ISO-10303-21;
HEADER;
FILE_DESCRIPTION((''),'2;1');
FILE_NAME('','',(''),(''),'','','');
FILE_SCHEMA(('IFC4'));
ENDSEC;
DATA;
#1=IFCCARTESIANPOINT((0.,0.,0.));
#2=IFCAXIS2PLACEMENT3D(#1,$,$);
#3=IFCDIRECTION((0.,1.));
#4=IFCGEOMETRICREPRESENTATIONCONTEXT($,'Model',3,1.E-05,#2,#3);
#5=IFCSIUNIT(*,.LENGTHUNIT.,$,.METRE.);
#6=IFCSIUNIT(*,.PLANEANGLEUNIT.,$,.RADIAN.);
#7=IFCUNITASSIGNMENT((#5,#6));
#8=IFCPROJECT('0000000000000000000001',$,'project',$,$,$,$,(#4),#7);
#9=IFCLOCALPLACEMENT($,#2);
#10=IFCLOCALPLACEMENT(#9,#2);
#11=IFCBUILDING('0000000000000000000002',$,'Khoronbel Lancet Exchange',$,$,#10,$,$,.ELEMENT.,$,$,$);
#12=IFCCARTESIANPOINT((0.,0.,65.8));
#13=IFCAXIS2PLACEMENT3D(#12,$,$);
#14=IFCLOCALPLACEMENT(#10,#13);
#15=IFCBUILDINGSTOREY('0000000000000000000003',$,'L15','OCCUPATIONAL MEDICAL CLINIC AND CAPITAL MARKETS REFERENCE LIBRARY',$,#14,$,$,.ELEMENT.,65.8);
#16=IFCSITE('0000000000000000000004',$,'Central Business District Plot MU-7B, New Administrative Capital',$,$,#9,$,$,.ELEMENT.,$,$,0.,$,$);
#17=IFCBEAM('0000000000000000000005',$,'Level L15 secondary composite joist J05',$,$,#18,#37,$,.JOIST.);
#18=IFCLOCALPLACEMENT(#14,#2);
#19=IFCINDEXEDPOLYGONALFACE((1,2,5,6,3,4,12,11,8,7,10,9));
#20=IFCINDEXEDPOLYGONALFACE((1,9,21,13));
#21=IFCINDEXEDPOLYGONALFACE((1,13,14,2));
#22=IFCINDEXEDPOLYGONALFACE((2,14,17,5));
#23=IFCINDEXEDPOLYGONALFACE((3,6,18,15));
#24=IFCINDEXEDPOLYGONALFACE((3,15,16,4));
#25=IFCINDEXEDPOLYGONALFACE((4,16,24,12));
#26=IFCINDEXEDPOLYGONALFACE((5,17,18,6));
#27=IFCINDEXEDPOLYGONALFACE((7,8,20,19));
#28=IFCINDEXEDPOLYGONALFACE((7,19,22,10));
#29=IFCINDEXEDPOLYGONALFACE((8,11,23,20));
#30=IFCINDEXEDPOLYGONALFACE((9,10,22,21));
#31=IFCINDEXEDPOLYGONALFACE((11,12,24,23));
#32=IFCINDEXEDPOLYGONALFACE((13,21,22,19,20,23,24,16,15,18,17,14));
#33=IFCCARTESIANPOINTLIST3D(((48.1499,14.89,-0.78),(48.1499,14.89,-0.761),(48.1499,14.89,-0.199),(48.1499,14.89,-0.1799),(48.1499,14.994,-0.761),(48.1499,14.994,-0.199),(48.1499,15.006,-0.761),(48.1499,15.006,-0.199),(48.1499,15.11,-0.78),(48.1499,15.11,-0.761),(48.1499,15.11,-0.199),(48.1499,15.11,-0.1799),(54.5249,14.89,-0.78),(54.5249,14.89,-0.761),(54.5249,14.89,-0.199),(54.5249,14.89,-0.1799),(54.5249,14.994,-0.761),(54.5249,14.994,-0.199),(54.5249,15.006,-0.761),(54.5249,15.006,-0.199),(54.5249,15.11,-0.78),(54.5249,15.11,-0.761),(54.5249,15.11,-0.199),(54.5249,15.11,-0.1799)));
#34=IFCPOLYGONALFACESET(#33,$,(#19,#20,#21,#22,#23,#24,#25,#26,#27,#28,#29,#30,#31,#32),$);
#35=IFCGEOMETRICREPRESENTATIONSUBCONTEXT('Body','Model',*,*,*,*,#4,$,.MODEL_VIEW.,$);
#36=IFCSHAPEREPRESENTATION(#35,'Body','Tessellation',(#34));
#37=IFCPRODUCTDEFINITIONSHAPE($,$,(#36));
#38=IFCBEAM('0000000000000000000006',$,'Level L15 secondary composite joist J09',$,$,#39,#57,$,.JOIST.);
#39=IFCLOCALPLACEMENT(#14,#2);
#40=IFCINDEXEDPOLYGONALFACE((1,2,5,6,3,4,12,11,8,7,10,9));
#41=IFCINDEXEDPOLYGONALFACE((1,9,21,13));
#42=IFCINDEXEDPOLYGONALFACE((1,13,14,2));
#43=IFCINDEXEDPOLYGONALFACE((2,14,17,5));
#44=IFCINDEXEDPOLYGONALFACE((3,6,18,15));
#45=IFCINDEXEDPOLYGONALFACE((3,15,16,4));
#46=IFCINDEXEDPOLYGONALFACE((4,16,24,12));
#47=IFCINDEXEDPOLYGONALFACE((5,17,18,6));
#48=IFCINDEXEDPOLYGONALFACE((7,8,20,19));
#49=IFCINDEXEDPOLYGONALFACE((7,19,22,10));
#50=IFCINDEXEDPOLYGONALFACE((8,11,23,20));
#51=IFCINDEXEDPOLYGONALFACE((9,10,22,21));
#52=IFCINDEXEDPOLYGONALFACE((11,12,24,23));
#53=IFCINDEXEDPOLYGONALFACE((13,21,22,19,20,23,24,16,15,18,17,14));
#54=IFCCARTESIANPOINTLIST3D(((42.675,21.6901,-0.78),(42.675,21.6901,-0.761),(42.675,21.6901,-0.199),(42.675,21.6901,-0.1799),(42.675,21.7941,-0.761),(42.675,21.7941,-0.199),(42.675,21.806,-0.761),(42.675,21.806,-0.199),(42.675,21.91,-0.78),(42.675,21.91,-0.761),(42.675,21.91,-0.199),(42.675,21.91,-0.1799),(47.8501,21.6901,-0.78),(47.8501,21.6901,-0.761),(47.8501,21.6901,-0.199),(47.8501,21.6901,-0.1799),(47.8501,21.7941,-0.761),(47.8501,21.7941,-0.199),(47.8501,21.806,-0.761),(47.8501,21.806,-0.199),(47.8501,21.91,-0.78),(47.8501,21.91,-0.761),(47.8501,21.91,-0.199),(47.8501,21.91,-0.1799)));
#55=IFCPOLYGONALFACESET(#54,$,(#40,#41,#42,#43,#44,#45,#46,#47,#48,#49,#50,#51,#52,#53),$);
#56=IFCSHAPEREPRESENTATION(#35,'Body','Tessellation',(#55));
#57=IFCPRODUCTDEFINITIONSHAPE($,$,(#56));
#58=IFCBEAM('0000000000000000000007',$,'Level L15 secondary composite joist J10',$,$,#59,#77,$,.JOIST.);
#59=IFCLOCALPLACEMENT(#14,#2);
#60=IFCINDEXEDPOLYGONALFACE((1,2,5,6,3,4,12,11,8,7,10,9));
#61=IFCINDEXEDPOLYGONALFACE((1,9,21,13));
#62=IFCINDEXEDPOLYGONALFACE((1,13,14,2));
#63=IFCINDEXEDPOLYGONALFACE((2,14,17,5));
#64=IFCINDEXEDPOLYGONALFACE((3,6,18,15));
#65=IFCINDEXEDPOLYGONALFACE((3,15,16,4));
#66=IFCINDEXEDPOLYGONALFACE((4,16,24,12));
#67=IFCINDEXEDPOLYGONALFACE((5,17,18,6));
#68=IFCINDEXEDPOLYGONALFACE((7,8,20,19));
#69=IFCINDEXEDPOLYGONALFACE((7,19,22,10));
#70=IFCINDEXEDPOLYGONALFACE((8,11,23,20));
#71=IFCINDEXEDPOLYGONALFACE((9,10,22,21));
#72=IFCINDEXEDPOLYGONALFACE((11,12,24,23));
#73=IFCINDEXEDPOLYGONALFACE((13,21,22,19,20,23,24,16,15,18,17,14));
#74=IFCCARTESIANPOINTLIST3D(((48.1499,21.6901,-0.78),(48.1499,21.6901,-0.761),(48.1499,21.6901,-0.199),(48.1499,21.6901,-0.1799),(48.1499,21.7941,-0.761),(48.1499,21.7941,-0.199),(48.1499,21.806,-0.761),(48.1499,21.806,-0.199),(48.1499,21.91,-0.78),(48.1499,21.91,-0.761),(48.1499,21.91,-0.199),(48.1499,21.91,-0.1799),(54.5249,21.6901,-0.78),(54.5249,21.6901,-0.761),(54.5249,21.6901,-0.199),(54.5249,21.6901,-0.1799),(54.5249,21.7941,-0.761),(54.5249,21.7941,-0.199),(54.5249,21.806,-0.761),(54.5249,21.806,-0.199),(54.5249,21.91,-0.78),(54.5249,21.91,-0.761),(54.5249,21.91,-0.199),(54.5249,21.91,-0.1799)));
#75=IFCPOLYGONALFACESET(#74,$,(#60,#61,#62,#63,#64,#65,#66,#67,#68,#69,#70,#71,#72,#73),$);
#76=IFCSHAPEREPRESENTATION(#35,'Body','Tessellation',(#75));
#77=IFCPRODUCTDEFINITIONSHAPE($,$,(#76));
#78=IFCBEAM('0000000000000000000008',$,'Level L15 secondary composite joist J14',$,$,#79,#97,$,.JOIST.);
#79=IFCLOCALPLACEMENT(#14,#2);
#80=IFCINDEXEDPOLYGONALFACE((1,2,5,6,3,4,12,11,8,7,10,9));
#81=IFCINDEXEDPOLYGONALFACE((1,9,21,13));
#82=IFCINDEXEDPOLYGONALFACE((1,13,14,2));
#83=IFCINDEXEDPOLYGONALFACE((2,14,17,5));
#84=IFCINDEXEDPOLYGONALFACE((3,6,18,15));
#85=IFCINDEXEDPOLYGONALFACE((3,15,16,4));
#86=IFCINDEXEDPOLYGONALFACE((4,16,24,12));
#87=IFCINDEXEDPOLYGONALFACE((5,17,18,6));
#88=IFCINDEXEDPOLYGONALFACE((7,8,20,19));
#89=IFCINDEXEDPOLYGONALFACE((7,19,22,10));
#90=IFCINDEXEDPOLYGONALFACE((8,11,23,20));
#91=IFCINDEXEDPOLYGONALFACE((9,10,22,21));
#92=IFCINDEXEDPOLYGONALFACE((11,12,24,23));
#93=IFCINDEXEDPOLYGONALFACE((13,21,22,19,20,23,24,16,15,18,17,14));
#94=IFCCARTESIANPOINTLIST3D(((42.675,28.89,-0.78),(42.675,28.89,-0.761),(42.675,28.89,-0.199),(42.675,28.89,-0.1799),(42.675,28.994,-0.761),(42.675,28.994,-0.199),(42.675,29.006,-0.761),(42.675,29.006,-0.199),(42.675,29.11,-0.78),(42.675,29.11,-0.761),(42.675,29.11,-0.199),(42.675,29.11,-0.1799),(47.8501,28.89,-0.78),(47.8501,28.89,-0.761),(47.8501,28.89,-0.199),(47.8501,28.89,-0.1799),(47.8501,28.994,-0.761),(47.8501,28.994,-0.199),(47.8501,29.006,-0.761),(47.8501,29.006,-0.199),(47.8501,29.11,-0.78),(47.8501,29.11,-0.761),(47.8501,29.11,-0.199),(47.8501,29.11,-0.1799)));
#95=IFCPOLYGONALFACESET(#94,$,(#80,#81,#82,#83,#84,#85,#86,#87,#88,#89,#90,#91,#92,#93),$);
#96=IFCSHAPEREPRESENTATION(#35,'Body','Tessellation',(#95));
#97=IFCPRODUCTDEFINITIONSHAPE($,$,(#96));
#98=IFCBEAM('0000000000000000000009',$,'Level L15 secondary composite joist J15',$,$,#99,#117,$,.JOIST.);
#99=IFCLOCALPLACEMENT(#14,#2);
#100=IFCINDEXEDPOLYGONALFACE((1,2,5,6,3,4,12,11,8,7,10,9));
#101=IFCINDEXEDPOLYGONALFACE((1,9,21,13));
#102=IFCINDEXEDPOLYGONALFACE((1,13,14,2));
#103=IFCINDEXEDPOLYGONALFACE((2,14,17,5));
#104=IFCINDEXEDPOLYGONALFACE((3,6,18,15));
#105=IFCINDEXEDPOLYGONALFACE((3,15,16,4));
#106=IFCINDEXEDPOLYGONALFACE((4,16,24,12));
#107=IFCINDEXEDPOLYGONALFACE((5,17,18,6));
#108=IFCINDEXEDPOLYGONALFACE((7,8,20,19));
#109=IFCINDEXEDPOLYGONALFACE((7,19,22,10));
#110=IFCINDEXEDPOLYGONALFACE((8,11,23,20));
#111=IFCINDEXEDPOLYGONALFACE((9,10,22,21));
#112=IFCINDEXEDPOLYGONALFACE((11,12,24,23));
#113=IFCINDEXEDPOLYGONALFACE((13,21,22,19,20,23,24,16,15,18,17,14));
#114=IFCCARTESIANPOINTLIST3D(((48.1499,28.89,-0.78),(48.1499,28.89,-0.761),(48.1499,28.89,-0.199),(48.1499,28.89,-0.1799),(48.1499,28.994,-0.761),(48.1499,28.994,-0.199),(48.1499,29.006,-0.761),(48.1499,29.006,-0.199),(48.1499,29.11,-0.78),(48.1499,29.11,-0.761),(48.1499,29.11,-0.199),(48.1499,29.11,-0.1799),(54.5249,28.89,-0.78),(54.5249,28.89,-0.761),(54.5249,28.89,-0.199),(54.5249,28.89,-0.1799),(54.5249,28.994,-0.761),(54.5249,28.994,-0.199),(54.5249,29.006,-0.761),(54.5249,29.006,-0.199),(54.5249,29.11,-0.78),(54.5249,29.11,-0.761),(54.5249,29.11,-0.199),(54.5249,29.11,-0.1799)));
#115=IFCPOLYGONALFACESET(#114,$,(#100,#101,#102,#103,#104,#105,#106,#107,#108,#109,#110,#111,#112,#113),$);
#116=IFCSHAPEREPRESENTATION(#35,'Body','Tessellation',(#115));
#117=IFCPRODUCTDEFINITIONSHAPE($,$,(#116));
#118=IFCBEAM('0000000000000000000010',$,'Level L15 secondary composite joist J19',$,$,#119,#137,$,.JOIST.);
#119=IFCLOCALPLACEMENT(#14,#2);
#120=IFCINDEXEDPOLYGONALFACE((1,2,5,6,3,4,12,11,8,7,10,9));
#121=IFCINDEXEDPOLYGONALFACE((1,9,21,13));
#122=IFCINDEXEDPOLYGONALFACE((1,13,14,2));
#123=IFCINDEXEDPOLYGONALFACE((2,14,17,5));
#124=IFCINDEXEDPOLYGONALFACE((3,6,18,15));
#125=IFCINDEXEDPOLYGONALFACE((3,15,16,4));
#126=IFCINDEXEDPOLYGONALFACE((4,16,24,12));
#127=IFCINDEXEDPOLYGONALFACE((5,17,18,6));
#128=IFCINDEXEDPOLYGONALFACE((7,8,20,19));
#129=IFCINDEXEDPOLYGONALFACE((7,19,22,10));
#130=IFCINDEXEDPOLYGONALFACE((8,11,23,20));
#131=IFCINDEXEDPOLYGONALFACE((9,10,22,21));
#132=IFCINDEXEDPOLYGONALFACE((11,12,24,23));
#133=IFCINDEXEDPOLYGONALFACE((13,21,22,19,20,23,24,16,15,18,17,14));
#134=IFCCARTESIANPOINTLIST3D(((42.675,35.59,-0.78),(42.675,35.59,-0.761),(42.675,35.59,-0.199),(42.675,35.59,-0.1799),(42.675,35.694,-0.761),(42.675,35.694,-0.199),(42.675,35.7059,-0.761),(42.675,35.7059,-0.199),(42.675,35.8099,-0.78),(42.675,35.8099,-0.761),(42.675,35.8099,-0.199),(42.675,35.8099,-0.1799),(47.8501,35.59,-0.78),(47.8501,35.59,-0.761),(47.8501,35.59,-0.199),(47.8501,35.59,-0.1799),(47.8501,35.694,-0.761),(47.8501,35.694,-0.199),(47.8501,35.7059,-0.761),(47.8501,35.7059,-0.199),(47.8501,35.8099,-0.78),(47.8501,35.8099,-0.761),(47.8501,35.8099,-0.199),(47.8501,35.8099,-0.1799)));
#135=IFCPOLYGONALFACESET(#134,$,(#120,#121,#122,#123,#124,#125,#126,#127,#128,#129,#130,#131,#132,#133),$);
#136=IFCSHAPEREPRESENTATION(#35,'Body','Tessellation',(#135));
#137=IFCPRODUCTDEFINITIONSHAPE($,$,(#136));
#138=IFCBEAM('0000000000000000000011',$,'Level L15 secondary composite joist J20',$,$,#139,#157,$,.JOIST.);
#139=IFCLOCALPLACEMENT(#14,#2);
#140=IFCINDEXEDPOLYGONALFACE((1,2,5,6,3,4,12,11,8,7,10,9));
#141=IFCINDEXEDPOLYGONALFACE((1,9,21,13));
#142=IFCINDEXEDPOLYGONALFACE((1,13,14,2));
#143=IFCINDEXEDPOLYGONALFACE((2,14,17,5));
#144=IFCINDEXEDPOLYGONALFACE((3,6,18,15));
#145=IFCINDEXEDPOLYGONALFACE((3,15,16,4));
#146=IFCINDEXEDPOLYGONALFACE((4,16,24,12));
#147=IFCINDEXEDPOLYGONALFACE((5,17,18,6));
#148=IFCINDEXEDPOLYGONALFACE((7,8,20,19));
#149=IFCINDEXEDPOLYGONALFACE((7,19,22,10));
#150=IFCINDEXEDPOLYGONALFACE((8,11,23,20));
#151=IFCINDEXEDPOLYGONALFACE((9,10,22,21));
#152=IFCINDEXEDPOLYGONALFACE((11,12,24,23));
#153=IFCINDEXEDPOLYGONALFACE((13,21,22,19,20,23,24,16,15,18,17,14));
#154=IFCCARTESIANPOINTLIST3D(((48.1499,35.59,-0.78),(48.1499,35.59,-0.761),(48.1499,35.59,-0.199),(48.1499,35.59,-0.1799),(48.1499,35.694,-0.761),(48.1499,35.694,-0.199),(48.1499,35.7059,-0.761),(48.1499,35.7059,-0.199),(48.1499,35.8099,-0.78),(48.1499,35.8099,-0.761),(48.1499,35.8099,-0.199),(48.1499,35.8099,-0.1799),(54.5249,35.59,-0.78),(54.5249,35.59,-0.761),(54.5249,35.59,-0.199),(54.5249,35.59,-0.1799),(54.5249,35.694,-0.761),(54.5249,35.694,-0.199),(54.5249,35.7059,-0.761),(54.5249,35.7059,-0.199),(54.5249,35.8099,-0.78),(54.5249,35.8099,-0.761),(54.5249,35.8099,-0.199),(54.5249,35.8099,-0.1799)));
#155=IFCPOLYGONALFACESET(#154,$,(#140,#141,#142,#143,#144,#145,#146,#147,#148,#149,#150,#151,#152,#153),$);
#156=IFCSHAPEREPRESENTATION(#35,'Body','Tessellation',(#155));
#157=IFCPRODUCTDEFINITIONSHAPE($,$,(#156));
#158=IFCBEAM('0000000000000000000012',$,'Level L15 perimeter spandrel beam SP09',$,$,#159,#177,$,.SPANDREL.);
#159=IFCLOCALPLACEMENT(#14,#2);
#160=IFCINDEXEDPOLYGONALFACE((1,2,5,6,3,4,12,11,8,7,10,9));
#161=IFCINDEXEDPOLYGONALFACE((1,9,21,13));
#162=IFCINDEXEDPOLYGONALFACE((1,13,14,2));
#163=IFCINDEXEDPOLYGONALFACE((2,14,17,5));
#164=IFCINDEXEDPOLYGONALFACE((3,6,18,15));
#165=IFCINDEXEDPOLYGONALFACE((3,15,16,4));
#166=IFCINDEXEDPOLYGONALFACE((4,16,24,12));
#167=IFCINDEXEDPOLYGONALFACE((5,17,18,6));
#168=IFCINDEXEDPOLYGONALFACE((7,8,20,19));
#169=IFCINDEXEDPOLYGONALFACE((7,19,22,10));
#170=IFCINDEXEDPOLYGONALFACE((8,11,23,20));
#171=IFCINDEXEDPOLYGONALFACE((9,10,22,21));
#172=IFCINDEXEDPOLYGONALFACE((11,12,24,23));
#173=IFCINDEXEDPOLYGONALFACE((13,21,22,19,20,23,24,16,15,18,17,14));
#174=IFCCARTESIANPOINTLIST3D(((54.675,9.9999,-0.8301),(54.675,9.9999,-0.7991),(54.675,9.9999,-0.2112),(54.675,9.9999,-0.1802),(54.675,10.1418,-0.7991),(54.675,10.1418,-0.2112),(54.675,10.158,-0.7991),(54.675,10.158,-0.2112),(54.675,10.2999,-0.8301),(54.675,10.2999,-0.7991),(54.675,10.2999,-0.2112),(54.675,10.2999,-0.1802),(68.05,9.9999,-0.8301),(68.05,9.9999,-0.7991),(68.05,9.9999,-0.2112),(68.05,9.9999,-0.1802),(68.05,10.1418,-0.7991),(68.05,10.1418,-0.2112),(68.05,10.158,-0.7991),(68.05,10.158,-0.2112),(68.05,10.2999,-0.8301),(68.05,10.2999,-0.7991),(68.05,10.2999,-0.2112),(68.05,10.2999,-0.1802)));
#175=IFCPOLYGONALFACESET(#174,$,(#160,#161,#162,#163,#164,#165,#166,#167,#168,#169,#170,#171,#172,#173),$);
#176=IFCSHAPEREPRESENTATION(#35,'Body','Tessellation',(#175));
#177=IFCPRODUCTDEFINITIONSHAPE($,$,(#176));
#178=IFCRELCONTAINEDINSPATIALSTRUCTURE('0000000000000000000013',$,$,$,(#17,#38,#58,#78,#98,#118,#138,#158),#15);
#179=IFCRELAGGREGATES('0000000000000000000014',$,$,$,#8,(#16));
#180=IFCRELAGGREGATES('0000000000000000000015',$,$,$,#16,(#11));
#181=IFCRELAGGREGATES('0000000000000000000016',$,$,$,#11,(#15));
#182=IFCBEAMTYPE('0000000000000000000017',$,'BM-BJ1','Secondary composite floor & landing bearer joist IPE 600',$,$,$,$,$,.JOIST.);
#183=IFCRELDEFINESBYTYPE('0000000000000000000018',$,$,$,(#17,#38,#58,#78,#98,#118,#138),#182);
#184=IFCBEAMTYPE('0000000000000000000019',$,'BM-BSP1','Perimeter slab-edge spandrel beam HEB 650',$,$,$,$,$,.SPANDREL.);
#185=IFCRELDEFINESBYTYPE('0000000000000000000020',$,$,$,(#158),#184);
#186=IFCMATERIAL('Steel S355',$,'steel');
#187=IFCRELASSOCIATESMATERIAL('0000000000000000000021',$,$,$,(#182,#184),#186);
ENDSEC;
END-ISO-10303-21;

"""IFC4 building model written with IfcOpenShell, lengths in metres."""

from ifc_helpers import new_model, si_unit, direction, frame, origin, origin_2d, place, context, subcontext, project, spatial, i_section, extrude, material, material_profile, profile_set, type_object, element, save


model = new_model("IFC4")

# Units and contexts
model_context = context("Model", 3, precision=1e-05, world=origin(), true_north=direction((0.0, 1.0)))
body_context = subcontext(model_context, "Body", "Model", "MODEL_VIEW")
ifc_project = project(units=[si_unit("LENGTHUNIT", "METRE"), si_unit("PLANEANGLEUNIT", "RADIAN")], contexts=[model_context])

# Site, building, storey
site_placement = place(None, origin())
site = spatial("IfcSite", under=ifc_project, at=site_placement, Name="Central Business District Plot MU-7B, New Administrative Capital", CompositionType="ELEMENT", RefElevation=0.0)
building_placement = place(site_placement, origin())
building = spatial("IfcBuilding", under=site, at=building_placement, Name="Khoronbel Lancet Exchange", CompositionType="ELEMENT")
storey_placement = place(building_placement, frame((0.0, 0.0, 65.8)))
storey = spatial("IfcBuildingStorey", under=building, at=storey_placement, Name="L15", Description="OCCUPATIONAL MEDICAL CLINIC AND CAPITAL MARKETS REFERENCE LIBRARY", CompositionType="ELEMENT", Elevation=65.8)

# Beams
ifc_material_1 = material(Name="Steel S355", Category="steel")
ifc_material_profile_1 = material_profile(ifc_material_1, i_section(OverallWidth=0.22, OverallDepth=0.6001, WebThickness=0.012, FlangeThickness=0.019, at=origin_2d()), Name="IPE 600")
ifc_profile_set_1 = profile_set([ifc_material_profile_1], Name="Steel S355")
beam_type_1 = type_object("IfcBeamType", Name="BM-BJ1", Description="Secondary composite floor & landing bearer joist IPE 600", PredefinedType="JOIST", material=ifc_profile_set_1)
beam_1_placement = place(storey_placement, frame((48.1499, 15.0, -0.48), z_axis=(1.0, 0.0, 0.0), x_axis=(0.0, 1.0, 0.0)))
element("IfcBeam", 1, at=beam_1_placement, inside=storey, type_object=beam_type_1, Name="Level L15 secondary composite joist J05", PredefinedType="JOIST", context=body_context, shape_type="SweptSolid", body=[
    extrude(i_section(OverallWidth=0.22, OverallDepth=0.6001, WebThickness=0.012, FlangeThickness=0.019, at=origin_2d()), origin(), (0.0, 0.0, 1.0), 6.375),
])
beam_2_placement = place(storey_placement, frame((42.675, 21.8, -0.48), z_axis=(1.0, 0.0, 0.0), x_axis=(0.0, 1.0, 0.0)))
element("IfcBeam", 2, at=beam_2_placement, inside=storey, type_object=beam_type_1, Name="Level L15 secondary composite joist J09", PredefinedType="JOIST", context=body_context, shape_type="SweptSolid", body=[
    extrude(i_section(OverallWidth=0.22, OverallDepth=0.6001, WebThickness=0.012, FlangeThickness=0.019, at=origin_2d()), origin(), (0.0, 0.0, 1.0), 5.175),
])
beam_3_placement = place(storey_placement, frame((48.1499, 21.8, -0.48), z_axis=(1.0, 0.0, 0.0), x_axis=(0.0, 1.0, 0.0)))
element("IfcBeam", 3, at=beam_3_placement, inside=storey, type_object=beam_type_1, Name="Level L15 secondary composite joist J10", PredefinedType="JOIST", context=body_context, shape_type="SweptSolid", body=[
    extrude(i_section(OverallWidth=0.22, OverallDepth=0.6001, WebThickness=0.012, FlangeThickness=0.019, at=origin_2d()), origin(), (0.0, 0.0, 1.0), 6.375),
])
beam_4_placement = place(storey_placement, frame((42.675, 29.0, -0.48), z_axis=(1.0, 0.0, 0.0), x_axis=(0.0, 1.0, 0.0)))
element("IfcBeam", 4, at=beam_4_placement, inside=storey, type_object=beam_type_1, Name="Level L15 secondary composite joist J14", PredefinedType="JOIST", context=body_context, shape_type="SweptSolid", body=[
    extrude(i_section(OverallWidth=0.22, OverallDepth=0.6001, WebThickness=0.012, FlangeThickness=0.019, at=origin_2d()), origin(), (0.0, 0.0, 1.0), 5.175),
])
beam_5_placement = place(storey_placement, frame((48.1499, 29.0, -0.48), z_axis=(1.0, 0.0, 0.0), x_axis=(0.0, 1.0, 0.0)))
element("IfcBeam", 5, at=beam_5_placement, inside=storey, type_object=beam_type_1, Name="Level L15 secondary composite joist J15", PredefinedType="JOIST", context=body_context, shape_type="SweptSolid", body=[
    extrude(i_section(OverallWidth=0.22, OverallDepth=0.6001, WebThickness=0.012, FlangeThickness=0.019, at=origin_2d()), origin(), (0.0, 0.0, 1.0), 6.375),
])
beam_6_placement = place(storey_placement, frame((42.675, 35.7, -0.48), z_axis=(1.0, 0.0, 0.0), x_axis=(0.0, 1.0, 0.0)))
element("IfcBeam", 6, at=beam_6_placement, inside=storey, type_object=beam_type_1, Name="Level L15 secondary composite joist J19", PredefinedType="JOIST", context=body_context, shape_type="SweptSolid", body=[
    extrude(i_section(OverallWidth=0.22, OverallDepth=0.6001, WebThickness=0.012, FlangeThickness=0.019, at=origin_2d()), origin(), (0.0, 0.0, 1.0), 5.175),
])
beam_7_placement = place(storey_placement, frame((48.1499, 35.7, -0.48), z_axis=(1.0, 0.0, 0.0), x_axis=(0.0, 1.0, 0.0)))
element("IfcBeam", 7, at=beam_7_placement, inside=storey, type_object=beam_type_1, Name="Level L15 secondary composite joist J20", PredefinedType="JOIST", context=body_context, shape_type="SweptSolid", body=[
    extrude(i_section(OverallWidth=0.22, OverallDepth=0.6001, WebThickness=0.012, FlangeThickness=0.019, at=origin_2d()), origin(), (0.0, 0.0, 1.0), 6.375),
])
ifc_material_profile_2 = material_profile(ifc_material_1, i_section(OverallWidth=0.3, OverallDepth=0.6499, WebThickness=0.0161, FlangeThickness=0.031, at=origin_2d()), Name="HEB 650")
ifc_profile_set_2 = profile_set([ifc_material_profile_2], Name="Steel S355")
beam_type_2 = type_object("IfcBeamType", Name="BM-BSP1", Description="Perimeter slab-edge spandrel beam HEB 650", PredefinedType="SPANDREL", material=ifc_profile_set_2)
beam_8_placement = place(storey_placement, frame((54.675, 10.1499, -0.5051), z_axis=(1.0, 0.0, 0.0), x_axis=(0.0, 1.0, 0.0)))
element("IfcBeam", 8, at=beam_8_placement, inside=storey, type_object=beam_type_2, Name="Level L15 perimeter spandrel beam SP09", PredefinedType="SPANDREL", context=body_context, shape_type="SweptSolid", body=[
    extrude(i_section(OverallWidth=0.3, OverallDepth=0.6499, WebThickness=0.0161, FlangeThickness=0.031, at=origin_2d()), origin(), (0.0, 0.0, 1.0), 13.375),
])

save(model, "model.ifc")
